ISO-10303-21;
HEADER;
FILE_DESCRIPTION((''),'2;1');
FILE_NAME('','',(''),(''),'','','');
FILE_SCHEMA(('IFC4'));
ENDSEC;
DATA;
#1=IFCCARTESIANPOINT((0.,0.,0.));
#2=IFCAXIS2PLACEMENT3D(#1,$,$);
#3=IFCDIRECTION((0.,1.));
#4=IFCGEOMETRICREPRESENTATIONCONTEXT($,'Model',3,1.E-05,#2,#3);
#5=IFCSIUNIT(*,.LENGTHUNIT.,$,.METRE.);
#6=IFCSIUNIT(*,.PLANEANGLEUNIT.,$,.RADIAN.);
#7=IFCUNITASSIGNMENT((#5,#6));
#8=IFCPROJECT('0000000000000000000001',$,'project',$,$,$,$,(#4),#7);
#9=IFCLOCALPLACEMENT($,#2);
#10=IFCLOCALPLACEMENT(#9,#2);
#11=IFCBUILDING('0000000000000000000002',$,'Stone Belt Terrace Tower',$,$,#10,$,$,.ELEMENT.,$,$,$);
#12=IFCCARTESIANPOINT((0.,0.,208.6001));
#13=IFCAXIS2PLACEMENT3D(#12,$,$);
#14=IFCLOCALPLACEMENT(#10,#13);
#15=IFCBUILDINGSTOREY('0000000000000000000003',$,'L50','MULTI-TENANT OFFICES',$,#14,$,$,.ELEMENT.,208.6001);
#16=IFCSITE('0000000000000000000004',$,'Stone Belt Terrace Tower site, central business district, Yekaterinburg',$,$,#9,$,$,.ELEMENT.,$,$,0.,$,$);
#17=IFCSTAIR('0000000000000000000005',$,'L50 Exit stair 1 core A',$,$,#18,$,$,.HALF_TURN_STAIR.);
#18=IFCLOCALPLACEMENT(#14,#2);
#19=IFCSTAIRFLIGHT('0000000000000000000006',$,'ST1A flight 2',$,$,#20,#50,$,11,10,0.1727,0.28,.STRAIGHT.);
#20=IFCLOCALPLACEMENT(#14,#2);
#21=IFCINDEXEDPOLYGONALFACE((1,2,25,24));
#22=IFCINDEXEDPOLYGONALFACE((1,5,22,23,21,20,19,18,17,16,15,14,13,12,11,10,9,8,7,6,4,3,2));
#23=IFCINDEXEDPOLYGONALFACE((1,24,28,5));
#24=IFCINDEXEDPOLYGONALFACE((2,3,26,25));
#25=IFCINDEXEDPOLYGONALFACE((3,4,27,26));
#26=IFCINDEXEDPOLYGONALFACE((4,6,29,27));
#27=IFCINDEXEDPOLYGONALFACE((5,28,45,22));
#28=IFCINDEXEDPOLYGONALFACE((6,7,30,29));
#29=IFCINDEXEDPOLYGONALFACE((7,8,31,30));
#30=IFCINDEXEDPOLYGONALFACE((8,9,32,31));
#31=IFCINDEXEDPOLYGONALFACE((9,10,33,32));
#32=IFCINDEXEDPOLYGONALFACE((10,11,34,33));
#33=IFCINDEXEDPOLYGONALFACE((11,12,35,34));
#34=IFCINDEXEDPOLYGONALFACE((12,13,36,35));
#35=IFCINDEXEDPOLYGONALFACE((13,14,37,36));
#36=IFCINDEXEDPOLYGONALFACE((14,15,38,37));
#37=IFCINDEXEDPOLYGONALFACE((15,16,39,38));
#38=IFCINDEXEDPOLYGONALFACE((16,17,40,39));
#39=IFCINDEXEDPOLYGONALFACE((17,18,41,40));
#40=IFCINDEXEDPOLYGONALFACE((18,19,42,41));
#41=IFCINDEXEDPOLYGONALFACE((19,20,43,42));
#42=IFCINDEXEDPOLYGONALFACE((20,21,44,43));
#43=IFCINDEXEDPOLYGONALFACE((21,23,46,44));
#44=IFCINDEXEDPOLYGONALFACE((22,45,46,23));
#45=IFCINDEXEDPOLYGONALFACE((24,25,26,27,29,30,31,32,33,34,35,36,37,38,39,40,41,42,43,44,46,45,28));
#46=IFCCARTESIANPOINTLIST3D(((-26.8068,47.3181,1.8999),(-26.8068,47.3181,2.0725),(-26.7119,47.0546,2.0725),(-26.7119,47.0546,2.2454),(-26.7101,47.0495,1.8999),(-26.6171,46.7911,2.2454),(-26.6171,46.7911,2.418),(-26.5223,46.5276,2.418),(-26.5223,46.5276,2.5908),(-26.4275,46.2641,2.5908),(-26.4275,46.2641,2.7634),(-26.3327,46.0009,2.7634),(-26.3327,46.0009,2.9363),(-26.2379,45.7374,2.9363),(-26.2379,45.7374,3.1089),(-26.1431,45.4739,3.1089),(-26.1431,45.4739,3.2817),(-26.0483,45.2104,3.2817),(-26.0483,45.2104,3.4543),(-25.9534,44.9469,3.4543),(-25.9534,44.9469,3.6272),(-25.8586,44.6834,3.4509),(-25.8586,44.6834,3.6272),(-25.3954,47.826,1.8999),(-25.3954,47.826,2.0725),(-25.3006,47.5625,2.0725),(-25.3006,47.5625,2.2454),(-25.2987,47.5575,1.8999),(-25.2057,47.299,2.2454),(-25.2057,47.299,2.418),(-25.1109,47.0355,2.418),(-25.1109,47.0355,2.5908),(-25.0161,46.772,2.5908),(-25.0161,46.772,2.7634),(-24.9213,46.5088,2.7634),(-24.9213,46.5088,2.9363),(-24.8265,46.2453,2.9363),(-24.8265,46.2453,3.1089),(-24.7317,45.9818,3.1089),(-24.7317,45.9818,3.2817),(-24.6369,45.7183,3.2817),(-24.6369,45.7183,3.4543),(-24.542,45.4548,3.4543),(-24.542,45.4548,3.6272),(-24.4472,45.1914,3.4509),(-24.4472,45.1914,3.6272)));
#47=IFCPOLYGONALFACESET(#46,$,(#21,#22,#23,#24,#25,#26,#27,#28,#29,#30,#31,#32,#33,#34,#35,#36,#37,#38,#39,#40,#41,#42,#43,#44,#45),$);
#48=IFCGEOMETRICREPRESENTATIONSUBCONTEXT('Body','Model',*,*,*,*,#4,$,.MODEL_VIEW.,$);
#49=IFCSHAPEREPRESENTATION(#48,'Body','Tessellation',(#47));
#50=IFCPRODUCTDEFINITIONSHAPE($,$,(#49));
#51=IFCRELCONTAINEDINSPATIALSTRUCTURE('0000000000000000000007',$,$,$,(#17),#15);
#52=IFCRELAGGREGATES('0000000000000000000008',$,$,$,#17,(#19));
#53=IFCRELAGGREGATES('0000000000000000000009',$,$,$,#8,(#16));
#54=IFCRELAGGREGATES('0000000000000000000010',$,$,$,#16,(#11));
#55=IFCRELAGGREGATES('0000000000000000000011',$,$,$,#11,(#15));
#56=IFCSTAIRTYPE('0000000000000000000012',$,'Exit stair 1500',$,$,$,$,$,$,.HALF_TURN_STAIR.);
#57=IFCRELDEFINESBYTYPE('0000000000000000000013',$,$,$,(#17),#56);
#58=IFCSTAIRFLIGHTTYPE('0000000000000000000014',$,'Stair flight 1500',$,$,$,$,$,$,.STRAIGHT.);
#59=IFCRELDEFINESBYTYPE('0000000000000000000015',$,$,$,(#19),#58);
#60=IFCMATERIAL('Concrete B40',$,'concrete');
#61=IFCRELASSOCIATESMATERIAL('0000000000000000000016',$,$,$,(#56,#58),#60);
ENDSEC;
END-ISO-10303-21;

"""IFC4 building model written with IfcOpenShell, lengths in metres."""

from ifc_helpers import new_model, si_unit, direction, frame, origin, place, context, subcontext, project, spatial, polyline, outline, extrude, material, type_object, element, aggregate, save


model = new_model("IFC4")

# Units and contexts
model_context = context("Model", 3, precision=1e-05, world=origin(), true_north=direction((0.0, 1.0)))
body_context = subcontext(model_context, "Body", "Model", "MODEL_VIEW")
ifc_project = project(units=[si_unit("LENGTHUNIT", "METRE"), si_unit("PLANEANGLEUNIT", "RADIAN")], contexts=[model_context])

# Site, building, storey
site_placement = place(None, origin())
site = spatial("IfcSite", under=ifc_project, at=site_placement, Name="Stone Belt Terrace Tower site, central business district, Yekaterinburg", CompositionType="ELEMENT", RefElevation=0.0)
building_placement = place(site_placement, origin())
building = spatial("IfcBuilding", under=site, at=building_placement, Name="Stone Belt Terrace Tower", CompositionType="ELEMENT")
storey_placement = place(building_placement, frame((0.0, 0.0, 208.6001)))
storey = spatial("IfcBuildingStorey", under=building, at=storey_placement, Name="L50", Description="MULTI-TENANT OFFICES", CompositionType="ELEMENT", Elevation=208.6001)

# Stair, stair flight
ifc_material_1 = material(Name="Concrete B40", Category="concrete")
stair_type = type_object("IfcStairType", Name="Exit stair 1500", PredefinedType="HALF_TURN_STAIR", material=ifc_material_1)
stair_placement = place(storey_placement, origin())
stair = element("IfcStair", 1, at=stair_placement, inside=storey, type_object=stair_type, Name="L50 Exit stair 1 core A", PredefinedType="HALF_TURN_STAIR")
stair_flight_type = type_object("IfcStairFlightType", Name="Stair flight 1500", PredefinedType="STRAIGHT", material=ifc_material_1)
stair_flight_placement = place(storey_placement, frame((-26.1011, 47.572, 1.8999), z_axis=(0.0, 0.0, 1.0), x_axis=(0.338624, -0.940922, 0.0)))
stair_flight = element("IfcStairFlight", 2, at=stair_flight_placement, type_object=stair_flight_type, Name="ST1A flight 2", NumberOfRisers=11, NumberOfTreads=10, PredefinedType="STRAIGHT", RiserHeight=0.1727, TreadLength=0.28, context=body_context, shape_type="SweptSolid", body=[
    extrude(outline(polyline([(0.0, 0.0), (0.0, 0.1726), (0.28, 0.1726), (0.28, 0.3455), (0.5601, 0.3455), (0.5601, 0.5181), (0.8401, 0.5181), (0.8401, 0.6909), (1.1201, 0.6909), (1.1201, 0.8635), (1.3999, 0.8635), (1.3999, 1.0364), (1.6799, 1.0364), (1.6799, 1.209), (1.96, 1.209), (1.96, 1.3818), (2.24, 1.3818), (2.24, 1.5544), (2.52, 1.5544), (2.52, 1.7273), (2.8, 1.7273), (2.8, 1.8999), (2.8, 1.551), (0.2854, 0.0), (0.0, 0.0)])), frame((0.0, 0.75, 0.0), z_axis=(0.0, -1.0, 0.0), x_axis=(1.0, 0.0, 0.0)), (0.0, 0.0, 1.0), 1.5),
])
aggregate(stair, [stair_flight])

save(model, "model.ifc")
